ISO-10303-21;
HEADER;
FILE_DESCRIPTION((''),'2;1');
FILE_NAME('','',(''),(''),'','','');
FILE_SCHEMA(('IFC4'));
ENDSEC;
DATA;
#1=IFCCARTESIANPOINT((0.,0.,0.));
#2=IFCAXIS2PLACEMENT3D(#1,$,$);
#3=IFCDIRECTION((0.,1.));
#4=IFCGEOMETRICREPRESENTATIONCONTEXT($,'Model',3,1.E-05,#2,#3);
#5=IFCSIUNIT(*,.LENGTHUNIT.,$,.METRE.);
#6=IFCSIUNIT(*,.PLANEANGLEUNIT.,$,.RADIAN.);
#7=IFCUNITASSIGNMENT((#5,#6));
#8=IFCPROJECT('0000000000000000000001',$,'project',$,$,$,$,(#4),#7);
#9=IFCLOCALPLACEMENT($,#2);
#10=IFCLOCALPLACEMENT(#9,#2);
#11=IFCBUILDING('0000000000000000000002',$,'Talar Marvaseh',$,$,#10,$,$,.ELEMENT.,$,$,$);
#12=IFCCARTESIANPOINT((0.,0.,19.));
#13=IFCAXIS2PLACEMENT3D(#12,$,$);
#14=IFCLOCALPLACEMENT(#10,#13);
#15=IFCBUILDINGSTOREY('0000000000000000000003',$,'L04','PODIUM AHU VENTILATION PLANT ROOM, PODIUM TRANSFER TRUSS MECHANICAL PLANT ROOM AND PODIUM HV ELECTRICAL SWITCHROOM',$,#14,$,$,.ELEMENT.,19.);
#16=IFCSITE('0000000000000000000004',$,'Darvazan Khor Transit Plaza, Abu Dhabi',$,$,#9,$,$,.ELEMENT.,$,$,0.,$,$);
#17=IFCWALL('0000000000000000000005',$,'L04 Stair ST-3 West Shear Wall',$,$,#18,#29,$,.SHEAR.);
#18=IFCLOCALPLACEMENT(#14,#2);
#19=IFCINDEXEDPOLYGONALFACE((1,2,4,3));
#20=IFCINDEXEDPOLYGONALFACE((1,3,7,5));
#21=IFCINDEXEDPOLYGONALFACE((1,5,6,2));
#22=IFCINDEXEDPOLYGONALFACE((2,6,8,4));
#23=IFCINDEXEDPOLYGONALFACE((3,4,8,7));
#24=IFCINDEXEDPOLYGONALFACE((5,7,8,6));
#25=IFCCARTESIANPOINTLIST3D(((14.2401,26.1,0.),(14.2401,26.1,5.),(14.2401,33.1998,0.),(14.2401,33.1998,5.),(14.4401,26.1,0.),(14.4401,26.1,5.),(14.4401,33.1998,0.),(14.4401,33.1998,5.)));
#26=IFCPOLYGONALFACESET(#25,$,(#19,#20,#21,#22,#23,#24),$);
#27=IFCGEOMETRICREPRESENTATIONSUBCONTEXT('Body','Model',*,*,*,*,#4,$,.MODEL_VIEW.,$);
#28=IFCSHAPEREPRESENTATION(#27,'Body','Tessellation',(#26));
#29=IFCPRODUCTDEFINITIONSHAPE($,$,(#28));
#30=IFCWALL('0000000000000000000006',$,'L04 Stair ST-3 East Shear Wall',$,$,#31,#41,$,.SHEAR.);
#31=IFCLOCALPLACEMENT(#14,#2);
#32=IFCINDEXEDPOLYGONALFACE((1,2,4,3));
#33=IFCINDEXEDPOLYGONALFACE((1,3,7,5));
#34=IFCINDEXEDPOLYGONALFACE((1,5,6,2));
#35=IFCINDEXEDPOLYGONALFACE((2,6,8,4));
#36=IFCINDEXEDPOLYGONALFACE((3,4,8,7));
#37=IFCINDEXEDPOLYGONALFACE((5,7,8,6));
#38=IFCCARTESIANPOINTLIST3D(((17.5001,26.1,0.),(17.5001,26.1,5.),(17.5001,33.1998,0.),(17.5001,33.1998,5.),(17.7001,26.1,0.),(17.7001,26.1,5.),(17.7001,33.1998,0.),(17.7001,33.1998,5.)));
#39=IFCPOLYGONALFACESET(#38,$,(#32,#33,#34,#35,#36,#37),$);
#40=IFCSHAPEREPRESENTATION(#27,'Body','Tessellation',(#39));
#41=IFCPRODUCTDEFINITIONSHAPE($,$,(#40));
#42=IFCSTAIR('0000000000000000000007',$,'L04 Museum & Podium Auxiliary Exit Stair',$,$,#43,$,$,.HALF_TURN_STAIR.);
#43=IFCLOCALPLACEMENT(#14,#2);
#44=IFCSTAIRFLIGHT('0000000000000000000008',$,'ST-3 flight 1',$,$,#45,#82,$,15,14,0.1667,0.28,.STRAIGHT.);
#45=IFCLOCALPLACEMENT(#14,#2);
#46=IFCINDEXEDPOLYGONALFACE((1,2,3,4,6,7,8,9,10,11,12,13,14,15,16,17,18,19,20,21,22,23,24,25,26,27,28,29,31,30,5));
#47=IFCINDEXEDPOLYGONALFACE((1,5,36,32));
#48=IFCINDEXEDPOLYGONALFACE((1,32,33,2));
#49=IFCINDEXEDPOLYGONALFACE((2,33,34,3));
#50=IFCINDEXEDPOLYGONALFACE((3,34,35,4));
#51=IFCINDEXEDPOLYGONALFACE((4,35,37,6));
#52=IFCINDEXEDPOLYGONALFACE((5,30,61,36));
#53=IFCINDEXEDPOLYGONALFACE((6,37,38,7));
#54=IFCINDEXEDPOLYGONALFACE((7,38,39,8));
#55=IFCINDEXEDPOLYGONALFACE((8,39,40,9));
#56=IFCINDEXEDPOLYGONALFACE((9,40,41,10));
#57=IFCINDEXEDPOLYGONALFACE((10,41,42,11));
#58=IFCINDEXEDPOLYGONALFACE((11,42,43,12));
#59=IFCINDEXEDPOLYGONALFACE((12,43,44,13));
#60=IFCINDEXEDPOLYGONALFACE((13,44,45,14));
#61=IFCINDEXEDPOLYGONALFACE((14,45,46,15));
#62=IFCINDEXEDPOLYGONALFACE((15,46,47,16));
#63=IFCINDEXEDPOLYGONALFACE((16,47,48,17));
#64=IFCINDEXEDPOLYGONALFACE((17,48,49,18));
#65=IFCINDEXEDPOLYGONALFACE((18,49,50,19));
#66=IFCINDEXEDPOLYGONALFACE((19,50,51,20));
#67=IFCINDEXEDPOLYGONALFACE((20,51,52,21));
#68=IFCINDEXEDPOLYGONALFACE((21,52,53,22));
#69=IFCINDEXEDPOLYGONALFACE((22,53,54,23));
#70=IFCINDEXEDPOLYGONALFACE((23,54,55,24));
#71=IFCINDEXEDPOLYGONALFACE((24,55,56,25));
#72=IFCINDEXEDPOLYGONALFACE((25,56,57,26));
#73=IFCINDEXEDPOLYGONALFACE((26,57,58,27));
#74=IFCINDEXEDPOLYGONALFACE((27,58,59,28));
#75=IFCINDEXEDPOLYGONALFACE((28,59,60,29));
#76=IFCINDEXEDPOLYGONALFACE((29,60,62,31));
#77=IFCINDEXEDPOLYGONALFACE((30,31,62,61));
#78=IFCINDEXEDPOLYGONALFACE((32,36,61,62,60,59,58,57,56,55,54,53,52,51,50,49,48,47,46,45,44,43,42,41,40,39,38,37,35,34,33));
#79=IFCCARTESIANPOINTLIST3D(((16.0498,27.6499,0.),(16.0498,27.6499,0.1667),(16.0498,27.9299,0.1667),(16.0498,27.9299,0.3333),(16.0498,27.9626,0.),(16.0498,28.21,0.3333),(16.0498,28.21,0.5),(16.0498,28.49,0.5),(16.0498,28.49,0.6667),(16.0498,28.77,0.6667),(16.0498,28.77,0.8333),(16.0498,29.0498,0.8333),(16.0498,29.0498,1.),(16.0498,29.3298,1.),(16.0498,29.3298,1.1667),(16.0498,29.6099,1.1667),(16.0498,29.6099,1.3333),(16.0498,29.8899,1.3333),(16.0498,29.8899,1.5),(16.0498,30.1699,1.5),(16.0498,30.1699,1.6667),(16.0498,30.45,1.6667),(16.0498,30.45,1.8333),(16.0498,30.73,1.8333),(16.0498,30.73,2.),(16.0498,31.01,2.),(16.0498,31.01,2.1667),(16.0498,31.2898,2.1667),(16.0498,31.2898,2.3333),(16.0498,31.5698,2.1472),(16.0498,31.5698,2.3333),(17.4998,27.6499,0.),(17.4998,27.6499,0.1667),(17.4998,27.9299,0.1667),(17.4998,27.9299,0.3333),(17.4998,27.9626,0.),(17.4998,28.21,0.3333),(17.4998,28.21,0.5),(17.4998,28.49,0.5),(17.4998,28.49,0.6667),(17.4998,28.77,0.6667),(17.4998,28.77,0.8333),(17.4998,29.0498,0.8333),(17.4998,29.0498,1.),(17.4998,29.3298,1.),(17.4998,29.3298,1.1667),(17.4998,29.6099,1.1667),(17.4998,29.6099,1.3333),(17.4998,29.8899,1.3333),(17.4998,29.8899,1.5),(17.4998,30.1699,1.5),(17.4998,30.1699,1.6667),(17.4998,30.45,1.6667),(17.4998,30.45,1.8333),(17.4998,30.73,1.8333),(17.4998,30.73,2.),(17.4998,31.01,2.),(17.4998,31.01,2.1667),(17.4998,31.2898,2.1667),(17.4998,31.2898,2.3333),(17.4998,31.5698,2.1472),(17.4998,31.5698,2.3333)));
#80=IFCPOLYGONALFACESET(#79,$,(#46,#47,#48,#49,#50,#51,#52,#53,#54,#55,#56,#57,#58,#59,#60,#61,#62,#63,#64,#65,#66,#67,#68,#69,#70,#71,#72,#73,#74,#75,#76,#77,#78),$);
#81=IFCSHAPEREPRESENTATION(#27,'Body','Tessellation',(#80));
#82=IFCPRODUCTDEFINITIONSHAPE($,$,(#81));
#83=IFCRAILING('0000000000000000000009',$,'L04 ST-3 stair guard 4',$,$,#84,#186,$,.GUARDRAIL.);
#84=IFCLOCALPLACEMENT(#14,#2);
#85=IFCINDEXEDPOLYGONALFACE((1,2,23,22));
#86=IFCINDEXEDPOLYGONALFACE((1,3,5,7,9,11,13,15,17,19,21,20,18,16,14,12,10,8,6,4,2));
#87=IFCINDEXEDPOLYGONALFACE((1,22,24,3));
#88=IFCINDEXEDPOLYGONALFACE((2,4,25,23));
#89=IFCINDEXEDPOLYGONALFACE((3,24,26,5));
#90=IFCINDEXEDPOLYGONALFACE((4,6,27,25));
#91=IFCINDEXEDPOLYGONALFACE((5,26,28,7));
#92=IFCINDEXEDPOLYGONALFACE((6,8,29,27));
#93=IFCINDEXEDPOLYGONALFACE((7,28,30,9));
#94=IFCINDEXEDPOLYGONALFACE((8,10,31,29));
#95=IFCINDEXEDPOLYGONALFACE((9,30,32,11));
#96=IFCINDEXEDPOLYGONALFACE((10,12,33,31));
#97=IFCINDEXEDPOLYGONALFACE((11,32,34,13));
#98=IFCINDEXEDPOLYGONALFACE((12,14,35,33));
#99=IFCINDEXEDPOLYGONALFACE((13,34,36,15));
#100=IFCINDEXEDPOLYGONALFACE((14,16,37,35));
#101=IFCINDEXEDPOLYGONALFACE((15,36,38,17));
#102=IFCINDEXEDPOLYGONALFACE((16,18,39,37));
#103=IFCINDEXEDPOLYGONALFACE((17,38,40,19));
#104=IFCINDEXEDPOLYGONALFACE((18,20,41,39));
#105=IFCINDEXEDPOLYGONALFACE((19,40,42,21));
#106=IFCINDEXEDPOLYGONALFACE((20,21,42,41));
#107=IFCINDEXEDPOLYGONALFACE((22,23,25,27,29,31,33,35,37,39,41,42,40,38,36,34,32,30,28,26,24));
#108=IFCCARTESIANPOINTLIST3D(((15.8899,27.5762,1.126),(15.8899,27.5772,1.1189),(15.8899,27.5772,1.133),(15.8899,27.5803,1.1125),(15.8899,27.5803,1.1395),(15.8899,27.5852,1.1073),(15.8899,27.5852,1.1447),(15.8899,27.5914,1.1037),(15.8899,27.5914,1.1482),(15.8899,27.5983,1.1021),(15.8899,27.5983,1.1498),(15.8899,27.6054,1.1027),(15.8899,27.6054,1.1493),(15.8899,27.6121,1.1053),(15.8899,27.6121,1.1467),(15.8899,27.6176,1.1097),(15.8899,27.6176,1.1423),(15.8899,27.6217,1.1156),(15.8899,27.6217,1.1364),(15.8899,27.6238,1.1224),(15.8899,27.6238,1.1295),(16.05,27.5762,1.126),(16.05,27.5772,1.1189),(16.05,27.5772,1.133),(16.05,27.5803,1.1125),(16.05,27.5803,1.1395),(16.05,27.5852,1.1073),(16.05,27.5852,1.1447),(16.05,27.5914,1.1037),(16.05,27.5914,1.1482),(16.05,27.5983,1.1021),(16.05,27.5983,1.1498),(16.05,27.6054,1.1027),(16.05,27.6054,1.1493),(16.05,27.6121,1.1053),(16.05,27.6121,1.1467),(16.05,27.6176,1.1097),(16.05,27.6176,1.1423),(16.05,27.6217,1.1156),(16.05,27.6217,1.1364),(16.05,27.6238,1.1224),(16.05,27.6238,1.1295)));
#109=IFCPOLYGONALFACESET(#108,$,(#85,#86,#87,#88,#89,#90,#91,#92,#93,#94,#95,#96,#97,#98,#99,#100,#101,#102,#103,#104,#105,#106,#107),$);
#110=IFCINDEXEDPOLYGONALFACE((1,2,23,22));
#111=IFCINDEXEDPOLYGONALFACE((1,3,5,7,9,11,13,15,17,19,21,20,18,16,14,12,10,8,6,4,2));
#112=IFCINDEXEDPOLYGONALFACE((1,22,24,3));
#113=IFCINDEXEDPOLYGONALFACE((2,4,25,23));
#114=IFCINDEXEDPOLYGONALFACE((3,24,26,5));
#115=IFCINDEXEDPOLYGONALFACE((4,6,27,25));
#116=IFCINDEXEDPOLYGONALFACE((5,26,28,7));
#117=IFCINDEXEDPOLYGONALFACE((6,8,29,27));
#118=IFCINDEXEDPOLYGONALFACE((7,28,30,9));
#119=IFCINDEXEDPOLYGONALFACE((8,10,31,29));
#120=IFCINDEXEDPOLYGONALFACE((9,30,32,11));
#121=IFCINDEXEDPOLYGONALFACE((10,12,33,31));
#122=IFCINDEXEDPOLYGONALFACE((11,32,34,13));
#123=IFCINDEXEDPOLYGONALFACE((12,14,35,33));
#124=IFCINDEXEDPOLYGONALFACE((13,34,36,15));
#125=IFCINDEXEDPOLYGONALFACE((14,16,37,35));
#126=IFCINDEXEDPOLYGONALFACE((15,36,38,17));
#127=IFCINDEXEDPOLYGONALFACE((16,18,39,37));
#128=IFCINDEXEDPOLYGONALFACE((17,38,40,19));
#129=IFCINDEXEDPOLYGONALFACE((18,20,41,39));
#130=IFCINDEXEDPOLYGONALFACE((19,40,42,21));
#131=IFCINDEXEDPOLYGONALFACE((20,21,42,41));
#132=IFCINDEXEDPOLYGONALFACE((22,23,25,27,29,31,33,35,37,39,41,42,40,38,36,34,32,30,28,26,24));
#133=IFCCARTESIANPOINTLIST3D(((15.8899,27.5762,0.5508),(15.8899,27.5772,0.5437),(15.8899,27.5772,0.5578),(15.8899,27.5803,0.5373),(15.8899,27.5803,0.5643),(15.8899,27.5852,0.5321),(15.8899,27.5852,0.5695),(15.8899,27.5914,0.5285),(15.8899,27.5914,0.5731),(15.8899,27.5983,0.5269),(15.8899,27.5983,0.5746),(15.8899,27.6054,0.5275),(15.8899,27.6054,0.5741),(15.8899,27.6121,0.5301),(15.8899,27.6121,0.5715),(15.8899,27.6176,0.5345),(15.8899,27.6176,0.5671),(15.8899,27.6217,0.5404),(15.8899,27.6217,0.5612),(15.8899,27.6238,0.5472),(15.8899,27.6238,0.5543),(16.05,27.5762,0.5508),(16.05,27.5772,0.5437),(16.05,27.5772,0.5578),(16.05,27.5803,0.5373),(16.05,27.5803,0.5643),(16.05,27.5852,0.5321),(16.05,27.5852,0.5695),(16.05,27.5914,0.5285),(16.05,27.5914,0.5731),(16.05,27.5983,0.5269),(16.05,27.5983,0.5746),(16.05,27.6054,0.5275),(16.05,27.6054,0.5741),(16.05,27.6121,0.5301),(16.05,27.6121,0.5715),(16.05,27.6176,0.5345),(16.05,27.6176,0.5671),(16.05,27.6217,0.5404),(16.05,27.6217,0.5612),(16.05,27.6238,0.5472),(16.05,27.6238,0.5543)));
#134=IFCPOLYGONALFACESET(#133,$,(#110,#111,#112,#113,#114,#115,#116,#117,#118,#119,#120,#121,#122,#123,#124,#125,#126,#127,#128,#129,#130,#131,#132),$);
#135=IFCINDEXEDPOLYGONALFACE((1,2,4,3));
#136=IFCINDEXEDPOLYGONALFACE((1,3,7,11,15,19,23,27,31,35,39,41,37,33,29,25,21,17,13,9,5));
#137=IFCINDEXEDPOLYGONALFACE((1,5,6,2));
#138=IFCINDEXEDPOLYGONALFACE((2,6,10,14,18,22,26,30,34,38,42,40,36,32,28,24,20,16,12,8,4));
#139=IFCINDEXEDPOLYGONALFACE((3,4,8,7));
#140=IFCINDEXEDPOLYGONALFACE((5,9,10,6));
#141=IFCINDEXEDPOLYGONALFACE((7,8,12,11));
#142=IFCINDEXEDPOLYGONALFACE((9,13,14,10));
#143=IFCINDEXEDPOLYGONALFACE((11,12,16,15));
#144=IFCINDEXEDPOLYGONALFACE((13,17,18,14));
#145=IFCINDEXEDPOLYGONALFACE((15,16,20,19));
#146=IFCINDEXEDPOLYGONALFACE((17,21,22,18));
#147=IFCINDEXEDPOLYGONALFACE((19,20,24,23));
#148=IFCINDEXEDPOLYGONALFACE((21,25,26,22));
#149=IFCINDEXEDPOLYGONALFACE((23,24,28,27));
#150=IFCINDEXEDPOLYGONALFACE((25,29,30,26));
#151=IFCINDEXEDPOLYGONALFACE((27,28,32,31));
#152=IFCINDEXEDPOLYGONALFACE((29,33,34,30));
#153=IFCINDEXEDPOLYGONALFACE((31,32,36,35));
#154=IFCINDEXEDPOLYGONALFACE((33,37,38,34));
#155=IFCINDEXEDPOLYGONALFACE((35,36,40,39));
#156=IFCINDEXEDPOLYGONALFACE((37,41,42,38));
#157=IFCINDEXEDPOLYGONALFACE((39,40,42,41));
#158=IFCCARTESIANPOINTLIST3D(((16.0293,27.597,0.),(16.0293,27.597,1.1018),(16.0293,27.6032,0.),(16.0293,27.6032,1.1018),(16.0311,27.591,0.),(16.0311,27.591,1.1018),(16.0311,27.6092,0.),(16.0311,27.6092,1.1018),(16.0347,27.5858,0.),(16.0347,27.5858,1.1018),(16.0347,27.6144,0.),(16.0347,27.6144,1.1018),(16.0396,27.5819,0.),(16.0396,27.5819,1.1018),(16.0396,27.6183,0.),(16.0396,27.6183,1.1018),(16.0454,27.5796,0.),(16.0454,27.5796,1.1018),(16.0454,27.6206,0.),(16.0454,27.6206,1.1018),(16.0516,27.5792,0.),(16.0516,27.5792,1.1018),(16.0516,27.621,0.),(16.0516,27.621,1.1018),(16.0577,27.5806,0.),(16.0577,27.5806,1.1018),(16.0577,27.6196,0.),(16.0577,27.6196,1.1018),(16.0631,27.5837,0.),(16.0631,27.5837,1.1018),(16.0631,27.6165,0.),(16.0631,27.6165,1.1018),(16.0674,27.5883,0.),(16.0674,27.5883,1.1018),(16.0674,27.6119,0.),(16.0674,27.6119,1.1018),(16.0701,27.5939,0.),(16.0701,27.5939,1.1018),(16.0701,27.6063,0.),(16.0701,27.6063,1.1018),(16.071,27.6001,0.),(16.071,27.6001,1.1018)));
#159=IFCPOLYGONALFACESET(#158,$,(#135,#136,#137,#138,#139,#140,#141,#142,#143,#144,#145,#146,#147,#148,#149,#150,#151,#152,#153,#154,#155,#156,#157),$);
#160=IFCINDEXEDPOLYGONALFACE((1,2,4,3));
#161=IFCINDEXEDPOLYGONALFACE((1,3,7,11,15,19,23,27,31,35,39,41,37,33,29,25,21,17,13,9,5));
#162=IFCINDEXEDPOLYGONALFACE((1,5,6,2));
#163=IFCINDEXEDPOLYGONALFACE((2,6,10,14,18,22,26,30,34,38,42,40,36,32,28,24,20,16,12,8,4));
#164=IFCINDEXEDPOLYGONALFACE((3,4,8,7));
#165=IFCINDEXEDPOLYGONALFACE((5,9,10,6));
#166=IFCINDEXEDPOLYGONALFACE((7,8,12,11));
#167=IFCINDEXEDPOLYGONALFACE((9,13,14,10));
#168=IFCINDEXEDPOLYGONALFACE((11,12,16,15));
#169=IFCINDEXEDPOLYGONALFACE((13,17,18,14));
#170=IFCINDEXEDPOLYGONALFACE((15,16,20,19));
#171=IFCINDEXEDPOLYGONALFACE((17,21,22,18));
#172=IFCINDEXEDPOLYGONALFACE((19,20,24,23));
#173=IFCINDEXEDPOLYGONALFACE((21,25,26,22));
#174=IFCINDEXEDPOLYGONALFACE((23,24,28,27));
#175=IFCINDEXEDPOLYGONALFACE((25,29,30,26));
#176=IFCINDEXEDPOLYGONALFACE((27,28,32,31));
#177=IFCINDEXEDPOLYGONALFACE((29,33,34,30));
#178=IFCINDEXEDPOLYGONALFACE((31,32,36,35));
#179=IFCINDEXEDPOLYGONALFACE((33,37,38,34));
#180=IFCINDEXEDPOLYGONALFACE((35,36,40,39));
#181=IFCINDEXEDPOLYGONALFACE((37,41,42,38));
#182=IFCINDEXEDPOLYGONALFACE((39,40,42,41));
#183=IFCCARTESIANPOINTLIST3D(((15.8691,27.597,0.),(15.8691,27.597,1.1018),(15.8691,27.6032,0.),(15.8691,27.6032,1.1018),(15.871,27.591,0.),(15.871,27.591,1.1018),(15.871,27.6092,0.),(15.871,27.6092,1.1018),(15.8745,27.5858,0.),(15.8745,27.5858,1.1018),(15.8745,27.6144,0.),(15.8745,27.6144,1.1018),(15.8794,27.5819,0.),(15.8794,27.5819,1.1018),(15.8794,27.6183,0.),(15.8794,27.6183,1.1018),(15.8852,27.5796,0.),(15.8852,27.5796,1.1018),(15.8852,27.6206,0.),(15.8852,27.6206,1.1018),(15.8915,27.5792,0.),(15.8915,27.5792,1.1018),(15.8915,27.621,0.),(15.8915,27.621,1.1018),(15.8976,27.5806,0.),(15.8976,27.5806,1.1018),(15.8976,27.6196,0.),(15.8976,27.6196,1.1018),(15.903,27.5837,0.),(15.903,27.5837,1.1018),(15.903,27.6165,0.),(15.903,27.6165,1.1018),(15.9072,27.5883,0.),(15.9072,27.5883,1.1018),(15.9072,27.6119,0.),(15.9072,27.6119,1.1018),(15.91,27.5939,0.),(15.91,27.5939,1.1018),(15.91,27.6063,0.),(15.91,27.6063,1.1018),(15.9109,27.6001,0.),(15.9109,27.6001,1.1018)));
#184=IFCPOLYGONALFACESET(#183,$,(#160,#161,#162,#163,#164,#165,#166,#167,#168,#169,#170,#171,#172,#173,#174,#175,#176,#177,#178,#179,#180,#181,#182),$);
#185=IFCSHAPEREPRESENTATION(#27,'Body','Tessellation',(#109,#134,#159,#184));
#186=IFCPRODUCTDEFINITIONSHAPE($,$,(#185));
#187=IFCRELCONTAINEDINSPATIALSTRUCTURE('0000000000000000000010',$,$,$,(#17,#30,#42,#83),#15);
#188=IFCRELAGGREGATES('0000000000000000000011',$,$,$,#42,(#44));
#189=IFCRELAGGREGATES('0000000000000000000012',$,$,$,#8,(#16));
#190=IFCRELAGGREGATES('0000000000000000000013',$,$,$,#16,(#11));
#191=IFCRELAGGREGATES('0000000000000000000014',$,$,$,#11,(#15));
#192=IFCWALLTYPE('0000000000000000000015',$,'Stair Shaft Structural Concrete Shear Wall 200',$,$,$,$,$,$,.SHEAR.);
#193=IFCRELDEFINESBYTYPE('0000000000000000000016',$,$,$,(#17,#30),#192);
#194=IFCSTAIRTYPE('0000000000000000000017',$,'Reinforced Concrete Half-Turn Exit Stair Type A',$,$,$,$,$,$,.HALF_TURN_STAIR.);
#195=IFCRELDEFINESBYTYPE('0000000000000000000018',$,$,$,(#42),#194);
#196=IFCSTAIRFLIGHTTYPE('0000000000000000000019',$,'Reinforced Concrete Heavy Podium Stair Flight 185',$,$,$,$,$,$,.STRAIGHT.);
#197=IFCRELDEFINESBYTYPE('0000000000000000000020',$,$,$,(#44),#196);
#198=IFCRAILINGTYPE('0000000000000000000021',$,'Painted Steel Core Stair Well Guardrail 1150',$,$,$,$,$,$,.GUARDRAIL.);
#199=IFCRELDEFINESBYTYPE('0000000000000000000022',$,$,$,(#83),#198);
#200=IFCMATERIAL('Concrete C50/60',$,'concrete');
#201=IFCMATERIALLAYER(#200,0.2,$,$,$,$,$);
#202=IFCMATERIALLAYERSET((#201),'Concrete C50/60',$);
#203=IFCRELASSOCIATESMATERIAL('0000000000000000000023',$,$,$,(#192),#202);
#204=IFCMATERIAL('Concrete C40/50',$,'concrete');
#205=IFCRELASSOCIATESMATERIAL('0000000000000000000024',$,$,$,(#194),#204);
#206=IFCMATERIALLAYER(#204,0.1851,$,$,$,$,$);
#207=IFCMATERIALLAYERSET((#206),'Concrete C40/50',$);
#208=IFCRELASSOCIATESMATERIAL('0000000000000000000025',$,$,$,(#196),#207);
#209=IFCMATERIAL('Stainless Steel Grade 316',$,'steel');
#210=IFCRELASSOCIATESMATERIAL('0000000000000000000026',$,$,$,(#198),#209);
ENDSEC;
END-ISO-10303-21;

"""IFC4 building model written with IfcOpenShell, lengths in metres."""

from ifc_helpers import new_model, si_unit, direction, frame, frame_2d, origin, origin_2d, place, context, subcontext, project, spatial, polyline, rectangle, circle, outline, extrude, material, layer, layer_set, type_object, element, aggregate, save


model = new_model("IFC4")

# Units and contexts
model_context = context("Model", 3, precision=1e-05, world=origin(), true_north=direction((0.0, 1.0)))
body_context = subcontext(model_context, "Body", "Model", "MODEL_VIEW")
ifc_project = project(units=[si_unit("LENGTHUNIT", "METRE"), si_unit("PLANEANGLEUNIT", "RADIAN")], contexts=[model_context])

# Site, building, storey
site_placement = place(None, origin())
site = spatial("IfcSite", under=ifc_project, at=site_placement, Name="Darvazan Khor Transit Plaza, Abu Dhabi", CompositionType="ELEMENT", RefElevation=0.0)
building_placement = place(site_placement, origin())
building = spatial("IfcBuilding", under=site, at=building_placement, Name="Talar Marvaseh", CompositionType="ELEMENT")
storey_placement = place(building_placement, frame((0.0, 0.0, 19.0)))
storey = spatial("IfcBuildingStorey", under=building, at=storey_placement, Name="L04", Description="PODIUM AHU VENTILATION PLANT ROOM, PODIUM TRANSFER TRUSS MECHANICAL PLANT ROOM AND PODIUM HV ELECTRICAL SWITCHROOM", CompositionType="ELEMENT", Elevation=19.0)

# Shared definitions
ifc_material_1 = material(Name="Concrete C40/50", Category="concrete")
ifc_material_2 = material(Name="Concrete C50/60", Category="concrete")

# Shared definitions
ifc_layer_1 = layer(ifc_material_2, 0.2)
ifc_layer_set_1 = layer_set([ifc_layer_1], Name="Concrete C50/60")
wall_type_1 = type_object("IfcWallType", Name="Stair Shaft Structural Concrete Shear Wall 200", PredefinedType="SHEAR", material=ifc_layer_set_1)

# Walls
for number, where, z_axis, x_axis, name in (
    (1, (14.3401, 26.1001, 0.0), (0.0, 0.0, 1.0), (0.0, 1.0, 0.0), "L04 Stair ST-3 West Shear Wall"),
    (2, (17.6001, 26.1001, 0.0), (0.0, 0.0, 1.0), (0.0, 1.0, 0.0), "L04 Stair ST-3 East Shear Wall"),
):
    element("IfcWall", number, at=place(storey_placement, frame(where, z_axis=z_axis, x_axis=x_axis)), inside=storey, type_object=wall_type_1, Name=name, PredefinedType="SHEAR", context=body_context, shape_type="SweptSolid", body=[
        extrude(rectangle(XDim=7.0999, YDim=0.2, at=frame_2d((3.5498, 0.0))), origin(), (0.0, 0.0, 1.0), 5.0),
    ])

# Stair, stair flight
stair_type = type_object("IfcStairType", Name="Reinforced Concrete Half-Turn Exit Stair Type A", PredefinedType="HALF_TURN_STAIR", material=ifc_material_1)
stair_placement = place(storey_placement, origin())
stair = element("IfcStair", 3, at=stair_placement, inside=storey, type_object=stair_type, Name="L04 Museum & Podium Auxiliary Exit Stair", PredefinedType="HALF_TURN_STAIR")
ifc_layer_2 = layer(ifc_material_1, 0.1851)
ifc_layer_set_2 = layer_set([ifc_layer_2], Name="Concrete C40/50")
stair_flight_type = type_object("IfcStairFlightType", Name="Reinforced Concrete Heavy Podium Stair Flight 185", PredefinedType="STRAIGHT", material=ifc_layer_set_2)
stair_flight_placement = place(storey_placement, frame((16.7749, 27.6499, 0.0), z_axis=(0.0, 0.0, 1.0), x_axis=(0.0, 1.0, 0.0)))
stair_flight = element("IfcStairFlight", 4, at=stair_flight_placement, type_object=stair_flight_type, Name="ST-3 flight 1", NumberOfRisers=15, NumberOfTreads=14, PredefinedType="STRAIGHT", RiserHeight=0.1667, TreadLength=0.28, context=body_context, shape_type="SweptSolid", body=[
    extrude(outline(polyline([(0.0, 0.0), (0.0, 0.1667), (0.28, 0.1667), (0.28, 0.3333), (0.5601, 0.3333), (0.5601, 0.5), (0.8401, 0.5), (0.8401, 0.6667), (1.1201, 0.6667), (1.1201, 0.8333), (1.3999, 0.8333), (1.3999, 1.0), (1.6799, 1.0), (1.6799, 1.1667), (1.96, 1.1667), (1.96, 1.3333), (2.24, 1.3333), (2.24, 1.5), (2.52, 1.5), (2.52, 1.6667), (2.8, 1.6667), (2.8, 1.8333), (3.0801, 1.8333), (3.0801, 2.0), (3.3601, 2.0), (3.3601, 2.1667), (3.6399, 2.1667), (3.6399, 2.3333), (3.9199, 2.3333), (3.9199, 2.5), (3.9199, 2.1472), (0.3127, 0.0), (0.0, 0.0)])), frame((0.0, 0.7251, 0.0), z_axis=(0.0, -1.0, 0.0), x_axis=(1.0, 0.0, 0.0)), (0.0, 0.0, 1.0), 1.45),
])
aggregate(stair, [stair_flight])

# Railing
ifc_material_3 = material(Name="Stainless Steel Grade 316", Category="steel")
railing_type_1 = type_object("IfcRailingType", Name="Painted Steel Core Stair Well Guardrail 1150", PredefinedType="GUARDRAIL", material=ifc_material_3)
railing_1_placement = place(storey_placement, frame((16.05, 27.6001, 0.0)))
element("IfcRailing", 5, at=railing_1_placement, inside=storey, type_object=railing_type_1, Name="L04 ST-3 stair guard 4", PredefinedType="GUARDRAIL", context=body_context, shape_type="SweptSolid", body=[
    extrude(circle(Radius=0.0239, at=origin_2d()), frame((0.0, 0.0, 1.126), z_axis=(-1.0, 0.0, 0.0), x_axis=(0.0, -1.0, 0.0)), (0.0, 0.0, 1.0), 0.1602),
    extrude(circle(Radius=0.0239, at=origin_2d()), frame((0.0, 0.0, 0.5508), z_axis=(-1.0, 0.0, 0.0), x_axis=(0.0, -1.0, 0.0)), (0.0, 0.0, 1.0), 0.1602),
    extrude(circle(Radius=0.021, at=origin_2d()), origin(), (0.0, 0.0, 1.0), 1.1018),
    extrude(circle(Radius=0.021, at=origin_2d()), frame((-0.1602, 0.0, 0.0)), (0.0, 0.0, 1.0), 1.1018),
])

save(model, "model.ifc")
